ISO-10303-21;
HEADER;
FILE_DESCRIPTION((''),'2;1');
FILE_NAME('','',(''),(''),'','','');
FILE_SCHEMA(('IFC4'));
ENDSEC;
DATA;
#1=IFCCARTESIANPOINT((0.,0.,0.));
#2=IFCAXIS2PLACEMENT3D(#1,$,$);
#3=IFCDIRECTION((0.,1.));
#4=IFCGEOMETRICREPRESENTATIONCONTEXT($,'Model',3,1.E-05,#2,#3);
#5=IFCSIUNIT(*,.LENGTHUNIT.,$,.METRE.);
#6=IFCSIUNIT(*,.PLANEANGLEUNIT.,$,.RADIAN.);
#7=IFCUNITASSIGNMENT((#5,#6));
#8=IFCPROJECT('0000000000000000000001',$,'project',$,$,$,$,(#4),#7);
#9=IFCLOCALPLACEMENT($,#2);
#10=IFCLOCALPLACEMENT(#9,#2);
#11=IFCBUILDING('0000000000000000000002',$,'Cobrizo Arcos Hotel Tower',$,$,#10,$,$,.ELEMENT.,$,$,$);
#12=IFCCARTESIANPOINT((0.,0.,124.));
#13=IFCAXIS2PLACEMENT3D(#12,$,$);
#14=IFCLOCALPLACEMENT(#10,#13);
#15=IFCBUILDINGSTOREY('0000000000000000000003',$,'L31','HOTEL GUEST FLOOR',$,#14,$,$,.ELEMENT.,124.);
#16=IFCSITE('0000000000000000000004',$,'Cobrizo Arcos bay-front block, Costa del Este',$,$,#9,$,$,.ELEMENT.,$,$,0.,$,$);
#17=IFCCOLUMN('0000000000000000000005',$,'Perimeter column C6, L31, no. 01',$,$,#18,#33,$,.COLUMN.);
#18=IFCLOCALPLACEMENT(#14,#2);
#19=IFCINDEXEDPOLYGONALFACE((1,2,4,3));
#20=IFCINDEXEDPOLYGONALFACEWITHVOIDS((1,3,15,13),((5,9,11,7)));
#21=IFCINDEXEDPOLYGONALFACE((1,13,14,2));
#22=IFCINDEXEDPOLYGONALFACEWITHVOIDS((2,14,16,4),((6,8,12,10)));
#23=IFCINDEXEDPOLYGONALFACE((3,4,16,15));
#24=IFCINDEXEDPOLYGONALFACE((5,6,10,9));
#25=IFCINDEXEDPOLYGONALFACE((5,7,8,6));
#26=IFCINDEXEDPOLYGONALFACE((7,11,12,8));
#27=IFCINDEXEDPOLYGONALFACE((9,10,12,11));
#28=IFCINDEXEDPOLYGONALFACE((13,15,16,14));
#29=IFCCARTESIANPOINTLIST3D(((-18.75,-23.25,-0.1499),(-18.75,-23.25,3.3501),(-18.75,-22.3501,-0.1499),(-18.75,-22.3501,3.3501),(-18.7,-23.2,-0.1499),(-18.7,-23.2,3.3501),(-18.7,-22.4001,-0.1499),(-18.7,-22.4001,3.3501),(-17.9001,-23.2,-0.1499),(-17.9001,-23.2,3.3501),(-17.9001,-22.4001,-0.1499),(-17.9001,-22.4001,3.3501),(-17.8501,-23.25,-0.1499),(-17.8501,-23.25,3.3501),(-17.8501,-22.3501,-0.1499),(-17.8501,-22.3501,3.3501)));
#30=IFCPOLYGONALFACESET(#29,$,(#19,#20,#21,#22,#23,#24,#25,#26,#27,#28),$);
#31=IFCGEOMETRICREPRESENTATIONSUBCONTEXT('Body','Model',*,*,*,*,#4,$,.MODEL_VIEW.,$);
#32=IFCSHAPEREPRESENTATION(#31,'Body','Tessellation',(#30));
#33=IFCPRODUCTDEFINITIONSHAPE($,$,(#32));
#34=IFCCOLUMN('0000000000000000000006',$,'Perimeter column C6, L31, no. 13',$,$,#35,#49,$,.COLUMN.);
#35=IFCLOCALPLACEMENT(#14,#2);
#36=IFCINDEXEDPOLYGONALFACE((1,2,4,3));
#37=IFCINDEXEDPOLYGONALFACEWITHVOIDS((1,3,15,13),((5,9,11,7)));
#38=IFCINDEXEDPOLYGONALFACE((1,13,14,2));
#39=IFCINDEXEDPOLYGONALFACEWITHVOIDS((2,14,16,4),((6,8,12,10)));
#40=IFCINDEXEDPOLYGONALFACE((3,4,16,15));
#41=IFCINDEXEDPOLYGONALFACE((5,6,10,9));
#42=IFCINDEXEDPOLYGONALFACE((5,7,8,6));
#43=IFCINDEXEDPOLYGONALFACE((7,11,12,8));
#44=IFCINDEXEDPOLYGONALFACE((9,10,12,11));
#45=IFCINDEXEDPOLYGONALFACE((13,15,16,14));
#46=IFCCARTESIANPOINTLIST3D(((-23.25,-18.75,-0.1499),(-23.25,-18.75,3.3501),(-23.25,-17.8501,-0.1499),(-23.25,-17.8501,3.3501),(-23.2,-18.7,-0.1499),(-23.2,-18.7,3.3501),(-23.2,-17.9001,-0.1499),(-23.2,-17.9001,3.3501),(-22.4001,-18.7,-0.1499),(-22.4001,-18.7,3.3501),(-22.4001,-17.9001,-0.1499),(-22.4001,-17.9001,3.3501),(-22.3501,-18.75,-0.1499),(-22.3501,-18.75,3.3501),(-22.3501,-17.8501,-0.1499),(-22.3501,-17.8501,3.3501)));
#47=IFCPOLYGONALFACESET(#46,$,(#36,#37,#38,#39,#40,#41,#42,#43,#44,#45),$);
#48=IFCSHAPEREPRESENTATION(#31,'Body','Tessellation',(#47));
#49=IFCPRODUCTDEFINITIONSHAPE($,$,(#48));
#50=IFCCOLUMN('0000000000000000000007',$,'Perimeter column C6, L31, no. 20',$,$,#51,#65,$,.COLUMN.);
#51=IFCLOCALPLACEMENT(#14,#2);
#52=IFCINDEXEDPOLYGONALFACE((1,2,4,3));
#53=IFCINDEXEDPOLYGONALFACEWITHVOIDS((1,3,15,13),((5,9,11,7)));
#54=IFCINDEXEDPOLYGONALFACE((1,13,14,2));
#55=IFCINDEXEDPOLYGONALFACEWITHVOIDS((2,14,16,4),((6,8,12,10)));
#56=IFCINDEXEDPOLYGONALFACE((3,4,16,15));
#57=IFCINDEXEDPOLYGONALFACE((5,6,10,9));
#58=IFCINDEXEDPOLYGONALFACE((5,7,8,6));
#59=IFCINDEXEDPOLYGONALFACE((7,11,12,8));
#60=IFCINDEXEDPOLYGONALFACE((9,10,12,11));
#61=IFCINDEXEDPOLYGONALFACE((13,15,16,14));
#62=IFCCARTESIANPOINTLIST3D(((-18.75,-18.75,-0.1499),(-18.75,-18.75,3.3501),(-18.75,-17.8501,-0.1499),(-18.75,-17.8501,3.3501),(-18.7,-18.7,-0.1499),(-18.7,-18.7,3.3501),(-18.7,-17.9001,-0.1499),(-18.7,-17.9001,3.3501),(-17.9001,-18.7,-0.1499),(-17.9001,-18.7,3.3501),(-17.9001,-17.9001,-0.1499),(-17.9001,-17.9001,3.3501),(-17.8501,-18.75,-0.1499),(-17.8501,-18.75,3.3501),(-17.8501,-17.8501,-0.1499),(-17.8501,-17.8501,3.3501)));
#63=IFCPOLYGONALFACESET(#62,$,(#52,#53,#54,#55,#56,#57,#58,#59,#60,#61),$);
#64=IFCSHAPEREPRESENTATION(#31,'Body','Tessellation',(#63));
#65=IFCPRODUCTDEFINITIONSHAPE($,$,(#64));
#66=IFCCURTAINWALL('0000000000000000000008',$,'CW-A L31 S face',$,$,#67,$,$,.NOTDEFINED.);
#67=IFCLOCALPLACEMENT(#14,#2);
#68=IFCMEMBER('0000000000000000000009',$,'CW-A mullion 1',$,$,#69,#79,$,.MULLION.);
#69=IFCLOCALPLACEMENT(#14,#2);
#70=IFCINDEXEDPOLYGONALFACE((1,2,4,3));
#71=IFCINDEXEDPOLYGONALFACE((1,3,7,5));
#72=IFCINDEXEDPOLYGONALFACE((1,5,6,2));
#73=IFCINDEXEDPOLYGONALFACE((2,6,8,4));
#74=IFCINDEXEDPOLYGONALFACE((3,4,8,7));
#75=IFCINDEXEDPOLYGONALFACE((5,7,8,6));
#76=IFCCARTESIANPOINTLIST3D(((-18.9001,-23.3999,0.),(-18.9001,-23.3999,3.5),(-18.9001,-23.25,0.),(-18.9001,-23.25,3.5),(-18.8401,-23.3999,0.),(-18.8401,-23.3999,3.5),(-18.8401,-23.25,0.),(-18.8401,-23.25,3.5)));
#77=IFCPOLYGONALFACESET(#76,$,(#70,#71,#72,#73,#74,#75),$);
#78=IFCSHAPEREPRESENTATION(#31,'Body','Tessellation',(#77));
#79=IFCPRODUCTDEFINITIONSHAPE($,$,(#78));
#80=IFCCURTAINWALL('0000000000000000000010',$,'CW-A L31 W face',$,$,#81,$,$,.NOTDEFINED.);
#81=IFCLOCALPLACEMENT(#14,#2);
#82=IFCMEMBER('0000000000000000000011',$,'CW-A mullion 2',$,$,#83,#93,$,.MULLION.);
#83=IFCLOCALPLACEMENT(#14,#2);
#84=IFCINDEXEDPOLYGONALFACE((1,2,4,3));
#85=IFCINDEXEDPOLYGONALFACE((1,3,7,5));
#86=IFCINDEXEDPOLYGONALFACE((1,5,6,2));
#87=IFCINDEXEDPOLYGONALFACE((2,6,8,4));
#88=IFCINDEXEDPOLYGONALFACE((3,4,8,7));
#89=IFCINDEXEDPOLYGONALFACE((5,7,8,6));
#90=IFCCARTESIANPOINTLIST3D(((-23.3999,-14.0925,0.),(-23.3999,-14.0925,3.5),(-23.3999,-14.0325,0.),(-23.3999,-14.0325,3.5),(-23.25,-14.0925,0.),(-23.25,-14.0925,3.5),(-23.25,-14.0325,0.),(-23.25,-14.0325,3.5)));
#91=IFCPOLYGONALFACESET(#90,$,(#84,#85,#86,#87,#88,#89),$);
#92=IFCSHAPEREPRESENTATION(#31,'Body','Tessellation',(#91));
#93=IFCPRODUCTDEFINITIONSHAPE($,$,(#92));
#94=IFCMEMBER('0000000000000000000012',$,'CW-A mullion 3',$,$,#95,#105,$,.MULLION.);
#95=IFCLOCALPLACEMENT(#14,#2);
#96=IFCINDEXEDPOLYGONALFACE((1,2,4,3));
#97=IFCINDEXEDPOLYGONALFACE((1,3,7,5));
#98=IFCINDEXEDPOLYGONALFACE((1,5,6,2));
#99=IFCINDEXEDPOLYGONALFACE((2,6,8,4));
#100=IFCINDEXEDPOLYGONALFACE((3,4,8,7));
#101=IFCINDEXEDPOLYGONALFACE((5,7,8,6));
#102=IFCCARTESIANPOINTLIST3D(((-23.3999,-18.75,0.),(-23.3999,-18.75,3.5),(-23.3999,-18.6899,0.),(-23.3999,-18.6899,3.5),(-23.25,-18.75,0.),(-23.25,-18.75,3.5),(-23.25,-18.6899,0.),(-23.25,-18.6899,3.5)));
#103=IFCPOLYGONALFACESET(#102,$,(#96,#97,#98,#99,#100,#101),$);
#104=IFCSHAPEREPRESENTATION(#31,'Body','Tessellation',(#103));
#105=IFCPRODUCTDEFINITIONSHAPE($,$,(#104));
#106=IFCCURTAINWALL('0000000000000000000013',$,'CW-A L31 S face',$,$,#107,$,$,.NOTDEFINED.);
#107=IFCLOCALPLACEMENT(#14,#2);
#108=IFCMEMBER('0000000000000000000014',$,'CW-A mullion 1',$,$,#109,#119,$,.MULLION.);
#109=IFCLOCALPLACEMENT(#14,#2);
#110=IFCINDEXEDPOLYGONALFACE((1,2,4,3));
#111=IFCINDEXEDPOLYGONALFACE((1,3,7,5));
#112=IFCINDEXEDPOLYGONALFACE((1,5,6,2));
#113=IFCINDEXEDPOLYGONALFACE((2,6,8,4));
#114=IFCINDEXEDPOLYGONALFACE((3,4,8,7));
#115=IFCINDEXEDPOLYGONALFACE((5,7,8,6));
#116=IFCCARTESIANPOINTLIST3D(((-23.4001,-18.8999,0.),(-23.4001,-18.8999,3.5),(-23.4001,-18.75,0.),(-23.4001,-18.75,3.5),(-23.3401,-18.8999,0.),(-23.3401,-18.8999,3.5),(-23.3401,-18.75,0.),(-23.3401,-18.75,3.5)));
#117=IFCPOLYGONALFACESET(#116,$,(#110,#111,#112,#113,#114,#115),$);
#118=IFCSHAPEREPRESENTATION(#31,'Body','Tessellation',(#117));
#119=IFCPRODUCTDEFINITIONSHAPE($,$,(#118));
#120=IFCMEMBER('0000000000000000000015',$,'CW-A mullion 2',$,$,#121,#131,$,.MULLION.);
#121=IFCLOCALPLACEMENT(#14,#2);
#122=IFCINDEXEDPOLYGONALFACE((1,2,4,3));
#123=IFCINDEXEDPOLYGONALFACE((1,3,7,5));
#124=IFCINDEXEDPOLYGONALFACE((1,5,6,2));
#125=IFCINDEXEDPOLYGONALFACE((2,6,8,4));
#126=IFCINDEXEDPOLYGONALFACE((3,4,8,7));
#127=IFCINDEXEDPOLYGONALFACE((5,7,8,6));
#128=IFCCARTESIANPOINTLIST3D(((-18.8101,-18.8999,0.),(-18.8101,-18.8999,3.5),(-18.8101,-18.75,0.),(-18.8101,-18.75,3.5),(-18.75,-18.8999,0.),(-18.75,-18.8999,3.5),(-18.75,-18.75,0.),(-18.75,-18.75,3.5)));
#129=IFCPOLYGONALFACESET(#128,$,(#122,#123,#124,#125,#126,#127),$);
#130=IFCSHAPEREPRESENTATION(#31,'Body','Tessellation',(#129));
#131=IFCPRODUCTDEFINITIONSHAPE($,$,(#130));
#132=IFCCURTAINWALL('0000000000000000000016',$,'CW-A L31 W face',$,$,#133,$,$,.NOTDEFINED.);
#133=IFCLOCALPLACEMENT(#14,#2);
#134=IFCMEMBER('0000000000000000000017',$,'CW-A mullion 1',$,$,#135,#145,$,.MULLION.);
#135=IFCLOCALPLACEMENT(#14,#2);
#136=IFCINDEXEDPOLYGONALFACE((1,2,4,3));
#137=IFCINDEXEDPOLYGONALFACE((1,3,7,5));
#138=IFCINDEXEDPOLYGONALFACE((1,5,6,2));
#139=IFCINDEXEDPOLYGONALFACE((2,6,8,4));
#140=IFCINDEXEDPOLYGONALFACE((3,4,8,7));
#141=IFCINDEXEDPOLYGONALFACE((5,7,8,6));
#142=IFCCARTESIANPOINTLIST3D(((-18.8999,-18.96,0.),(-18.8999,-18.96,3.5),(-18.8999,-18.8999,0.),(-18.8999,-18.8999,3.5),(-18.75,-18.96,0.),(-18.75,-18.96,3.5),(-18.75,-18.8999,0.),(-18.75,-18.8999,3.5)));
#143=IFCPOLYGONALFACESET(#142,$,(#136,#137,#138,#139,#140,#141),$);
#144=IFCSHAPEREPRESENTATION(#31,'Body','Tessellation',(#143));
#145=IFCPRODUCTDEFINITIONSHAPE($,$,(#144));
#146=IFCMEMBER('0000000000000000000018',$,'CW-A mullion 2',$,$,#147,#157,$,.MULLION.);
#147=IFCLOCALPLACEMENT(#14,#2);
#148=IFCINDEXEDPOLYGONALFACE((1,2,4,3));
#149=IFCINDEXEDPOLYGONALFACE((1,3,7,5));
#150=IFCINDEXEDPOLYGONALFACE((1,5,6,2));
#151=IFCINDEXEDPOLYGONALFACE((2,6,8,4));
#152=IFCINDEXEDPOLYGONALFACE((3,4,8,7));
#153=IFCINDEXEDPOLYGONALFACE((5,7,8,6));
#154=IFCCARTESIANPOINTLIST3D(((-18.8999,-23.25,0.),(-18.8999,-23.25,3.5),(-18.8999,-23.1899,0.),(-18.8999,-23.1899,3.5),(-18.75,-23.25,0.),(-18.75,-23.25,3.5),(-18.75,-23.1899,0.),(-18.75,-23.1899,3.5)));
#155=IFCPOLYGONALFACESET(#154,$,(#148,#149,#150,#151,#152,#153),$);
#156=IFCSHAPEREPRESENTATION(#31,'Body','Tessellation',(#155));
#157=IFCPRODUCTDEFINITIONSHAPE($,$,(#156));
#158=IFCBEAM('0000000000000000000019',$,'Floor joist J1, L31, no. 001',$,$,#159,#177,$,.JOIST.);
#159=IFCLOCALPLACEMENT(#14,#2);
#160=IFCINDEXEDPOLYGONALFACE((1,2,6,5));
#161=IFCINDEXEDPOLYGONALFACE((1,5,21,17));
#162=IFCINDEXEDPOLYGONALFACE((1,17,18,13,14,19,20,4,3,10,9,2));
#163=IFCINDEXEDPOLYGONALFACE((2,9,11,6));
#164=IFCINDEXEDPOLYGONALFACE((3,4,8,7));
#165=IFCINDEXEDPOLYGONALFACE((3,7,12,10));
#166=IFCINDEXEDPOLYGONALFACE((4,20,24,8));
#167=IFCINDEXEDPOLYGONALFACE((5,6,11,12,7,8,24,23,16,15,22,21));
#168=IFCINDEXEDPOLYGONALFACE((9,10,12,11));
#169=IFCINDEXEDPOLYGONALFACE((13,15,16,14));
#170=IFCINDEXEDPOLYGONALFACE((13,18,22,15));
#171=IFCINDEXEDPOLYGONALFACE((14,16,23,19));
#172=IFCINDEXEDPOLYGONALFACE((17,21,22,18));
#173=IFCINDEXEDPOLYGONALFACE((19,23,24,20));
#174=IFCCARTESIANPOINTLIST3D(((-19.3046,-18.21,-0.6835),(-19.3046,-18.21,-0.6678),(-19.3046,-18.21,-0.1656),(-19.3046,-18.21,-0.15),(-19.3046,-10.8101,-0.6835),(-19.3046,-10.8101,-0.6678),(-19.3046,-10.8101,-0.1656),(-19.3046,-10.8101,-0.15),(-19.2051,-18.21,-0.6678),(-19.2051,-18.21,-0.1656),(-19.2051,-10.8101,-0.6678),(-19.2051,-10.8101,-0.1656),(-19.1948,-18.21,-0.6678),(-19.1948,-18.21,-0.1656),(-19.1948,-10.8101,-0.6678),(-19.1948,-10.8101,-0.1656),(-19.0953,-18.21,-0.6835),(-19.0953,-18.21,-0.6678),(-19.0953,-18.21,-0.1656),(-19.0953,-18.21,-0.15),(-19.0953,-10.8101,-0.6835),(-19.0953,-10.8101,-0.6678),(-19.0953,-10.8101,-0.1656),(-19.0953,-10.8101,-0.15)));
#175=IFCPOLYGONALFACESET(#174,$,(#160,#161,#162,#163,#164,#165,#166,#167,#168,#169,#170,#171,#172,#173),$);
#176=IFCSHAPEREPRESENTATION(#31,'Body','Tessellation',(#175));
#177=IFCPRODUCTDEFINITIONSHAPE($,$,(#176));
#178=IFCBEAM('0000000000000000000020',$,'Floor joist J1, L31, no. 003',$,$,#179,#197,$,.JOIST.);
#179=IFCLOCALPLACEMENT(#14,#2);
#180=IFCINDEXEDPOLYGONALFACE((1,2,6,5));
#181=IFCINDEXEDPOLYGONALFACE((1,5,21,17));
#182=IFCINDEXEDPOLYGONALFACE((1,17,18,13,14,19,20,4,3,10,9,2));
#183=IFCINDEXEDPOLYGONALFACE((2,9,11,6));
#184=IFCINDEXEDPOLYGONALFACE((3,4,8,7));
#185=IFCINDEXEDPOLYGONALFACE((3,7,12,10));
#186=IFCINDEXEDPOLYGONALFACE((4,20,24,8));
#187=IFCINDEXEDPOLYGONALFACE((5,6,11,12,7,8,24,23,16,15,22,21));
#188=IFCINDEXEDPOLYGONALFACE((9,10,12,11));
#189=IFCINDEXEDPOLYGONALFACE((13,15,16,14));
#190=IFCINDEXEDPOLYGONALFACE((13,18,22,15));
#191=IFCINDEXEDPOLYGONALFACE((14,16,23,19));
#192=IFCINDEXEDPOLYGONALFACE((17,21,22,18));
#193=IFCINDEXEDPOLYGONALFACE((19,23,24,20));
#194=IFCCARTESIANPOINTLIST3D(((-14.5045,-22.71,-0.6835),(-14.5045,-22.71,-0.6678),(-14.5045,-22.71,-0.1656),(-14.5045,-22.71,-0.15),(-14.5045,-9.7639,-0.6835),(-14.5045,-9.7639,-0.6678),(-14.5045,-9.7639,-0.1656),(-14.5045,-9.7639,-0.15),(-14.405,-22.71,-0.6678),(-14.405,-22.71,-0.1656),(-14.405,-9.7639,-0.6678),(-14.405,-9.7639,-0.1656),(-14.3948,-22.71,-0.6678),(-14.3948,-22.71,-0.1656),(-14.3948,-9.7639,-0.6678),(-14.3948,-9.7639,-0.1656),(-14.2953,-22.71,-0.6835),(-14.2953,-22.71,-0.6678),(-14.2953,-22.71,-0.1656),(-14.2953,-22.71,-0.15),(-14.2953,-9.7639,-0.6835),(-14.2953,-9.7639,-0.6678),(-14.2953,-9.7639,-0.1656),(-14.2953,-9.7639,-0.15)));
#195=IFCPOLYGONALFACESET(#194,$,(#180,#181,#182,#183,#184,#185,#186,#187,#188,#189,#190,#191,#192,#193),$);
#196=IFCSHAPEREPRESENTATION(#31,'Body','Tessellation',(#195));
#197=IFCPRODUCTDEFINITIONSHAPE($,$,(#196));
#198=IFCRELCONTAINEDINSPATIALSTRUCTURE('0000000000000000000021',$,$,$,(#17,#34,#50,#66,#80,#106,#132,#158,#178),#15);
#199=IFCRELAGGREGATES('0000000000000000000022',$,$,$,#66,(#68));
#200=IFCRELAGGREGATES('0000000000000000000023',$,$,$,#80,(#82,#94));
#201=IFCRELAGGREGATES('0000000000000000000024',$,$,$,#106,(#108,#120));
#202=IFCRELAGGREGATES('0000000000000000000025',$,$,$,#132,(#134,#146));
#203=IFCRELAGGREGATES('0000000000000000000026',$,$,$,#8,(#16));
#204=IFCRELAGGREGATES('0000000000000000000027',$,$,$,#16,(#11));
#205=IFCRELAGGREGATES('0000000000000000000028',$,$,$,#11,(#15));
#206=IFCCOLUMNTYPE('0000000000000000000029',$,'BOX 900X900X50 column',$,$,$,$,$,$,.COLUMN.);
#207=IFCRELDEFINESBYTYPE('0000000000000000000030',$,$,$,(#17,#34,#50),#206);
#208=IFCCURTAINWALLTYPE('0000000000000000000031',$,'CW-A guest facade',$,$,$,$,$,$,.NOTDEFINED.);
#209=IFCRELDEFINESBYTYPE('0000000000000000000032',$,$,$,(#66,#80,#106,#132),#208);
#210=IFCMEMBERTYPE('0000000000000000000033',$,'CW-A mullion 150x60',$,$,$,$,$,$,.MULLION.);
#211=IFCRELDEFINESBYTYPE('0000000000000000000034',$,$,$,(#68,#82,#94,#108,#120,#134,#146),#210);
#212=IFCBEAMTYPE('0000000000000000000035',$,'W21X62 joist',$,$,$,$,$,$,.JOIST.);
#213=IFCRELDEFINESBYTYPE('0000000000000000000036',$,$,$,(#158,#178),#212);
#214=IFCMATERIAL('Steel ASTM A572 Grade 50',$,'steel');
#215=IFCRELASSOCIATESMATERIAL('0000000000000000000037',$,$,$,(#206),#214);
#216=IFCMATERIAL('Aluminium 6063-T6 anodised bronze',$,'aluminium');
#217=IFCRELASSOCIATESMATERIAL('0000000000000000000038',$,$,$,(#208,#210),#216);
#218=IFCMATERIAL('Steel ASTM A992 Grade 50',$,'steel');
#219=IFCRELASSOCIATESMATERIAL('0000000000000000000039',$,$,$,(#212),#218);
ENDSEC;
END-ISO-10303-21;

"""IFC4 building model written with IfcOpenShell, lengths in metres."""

from ifc_helpers import new_model, si_unit, direction, frame, origin, origin_2d, place, context, subcontext, project, spatial, rectangle, hollow_rectangle, i_section, extrude, material, material_profile, profile_set, type_object, element, aggregate, save


model = new_model("IFC4")

# Units and contexts
model_context = context("Model", 3, precision=1e-05, world=origin(), true_north=direction((0.0, 1.0)))
body_context = subcontext(model_context, "Body", "Model", "MODEL_VIEW")
ifc_project = project(units=[si_unit("LENGTHUNIT", "METRE"), si_unit("PLANEANGLEUNIT", "RADIAN")], contexts=[model_context])

# Site, building, storey
site_placement = place(None, origin())
site = spatial("IfcSite", under=ifc_project, at=site_placement, Name="Cobrizo Arcos bay-front block, Costa del Este", CompositionType="ELEMENT", RefElevation=0.0)
building_placement = place(site_placement, origin())
building = spatial("IfcBuilding", under=site, at=building_placement, Name="Cobrizo Arcos Hotel Tower", CompositionType="ELEMENT")
storey_placement = place(building_placement, frame((0.0, 0.0, 124.0)))
storey = spatial("IfcBuildingStorey", under=building, at=storey_placement, Name="L31", Description="HOTEL GUEST FLOOR", CompositionType="ELEMENT", Elevation=124.0)

# Columns
ifc_material_1 = material(Name="Steel ASTM A572 Grade 50", Category="steel")
ifc_material_profile_1 = material_profile(ifc_material_1, hollow_rectangle(XDim=0.8999, YDim=0.8999, WallThickness=0.05, at=origin_2d()), Name="BOX 900X900X50")
ifc_profile_set_1 = profile_set([ifc_material_profile_1], Name="Steel ASTM A572 Grade 50")
column_type = type_object("IfcColumnType", Name="BOX 900X900X50 column", PredefinedType="COLUMN", material=ifc_profile_set_1)
for number, where, z_axis, x_axis, name in (
    (1, (-18.3, -22.8, -0.1499), (0.0, 0.0, 1.0), (1.0, 0.0, 0.0), "Perimeter column C6, L31, no. 01"),
    (2, (-22.8, -18.3, -0.1499), (0.0, 0.0, 1.0), (1.0, 0.0, 0.0), "Perimeter column C6, L31, no. 13"),
    (3, (-18.3, -18.3, -0.1499), (0.0, 0.0, 1.0), (1.0, 0.0, 0.0), "Perimeter column C6, L31, no. 20"),
):
    element("IfcColumn", number, at=place(storey_placement, frame(where, z_axis=z_axis, x_axis=x_axis)), inside=storey, type_object=column_type, Name=name, PredefinedType="COLUMN", context=body_context, shape_type="SweptSolid", body=[
        extrude(hollow_rectangle(XDim=0.8999, YDim=0.8999, WallThickness=0.05, at=origin_2d()), origin(), (0.0, 0.0, 1.0), 3.5),
    ])

# Curtain wall, member
ifc_material_2 = material(Name="Aluminium 6063-T6 anodised bronze", Category="aluminium")
curtain_wall_type = type_object("IfcCurtainWallType", Name="CW-A guest facade", PredefinedType="NOTDEFINED", material=ifc_material_2)
curtain_wall_1_placement = place(storey_placement, origin())
curtain_wall_1 = element("IfcCurtainWall", 4, at=curtain_wall_1_placement, inside=storey, type_object=curtain_wall_type, Name="CW-A L31 S face", PredefinedType="NOTDEFINED")
ifc_material_profile_2 = material_profile(ifc_material_2, rectangle(XDim=0.1499, YDim=0.0601, at=origin_2d()), Name="CW-A mullion 150x60")
ifc_profile_set_2 = profile_set([ifc_material_profile_2], Name="Aluminium 6063-T6 anodised bronze")
member_type = type_object("IfcMemberType", Name="CW-A mullion 150x60", PredefinedType="MULLION", material=ifc_profile_set_2)
member_1_placement = place(storey_placement, frame((-18.8701, -23.325, 0.0), z_axis=(0.0, 0.0, 1.0), x_axis=(0.0, -1.0, 0.0)))
member_1 = element("IfcMember", 5, at=member_1_placement, type_object=member_type, Name="CW-A mullion 1", PredefinedType="MULLION", context=body_context, shape_type="SweptSolid", body=[
    extrude(rectangle(XDim=0.1499, YDim=0.0601, at=origin_2d()), origin(), (0.0, 0.0, 1.0), 3.5),
])

# Curtain walls, members
curtain_wall_2_placement = place(storey_placement, origin())
curtain_wall_2 = element("IfcCurtainWall", 6, at=curtain_wall_2_placement, inside=storey, type_object=curtain_wall_type, Name="CW-A L31 W face", PredefinedType="NOTDEFINED")
member_2_placement = place(storey_placement, frame((-23.325, -14.0625, 0.0), z_axis=(0.0, 0.0, 1.0), x_axis=(-1.0, 0.0, 0.0)))
member_2 = element("IfcMember", 7, at=member_2_placement, type_object=member_type, Name="CW-A mullion 2", PredefinedType="MULLION", context=body_context, shape_type="SweptSolid", body=[
    extrude(rectangle(XDim=0.1499, YDim=0.0601, at=origin_2d()), origin(), (0.0, 0.0, 1.0), 3.5),
])
member_3_placement = place(storey_placement, frame((-23.325, -18.72, 0.0), z_axis=(0.0, 0.0, 1.0), x_axis=(-1.0, 0.0, 0.0)))
member_3 = element("IfcMember", 8, at=member_3_placement, type_object=member_type, Name="CW-A mullion 3", PredefinedType="MULLION", context=body_context, shape_type="SweptSolid", body=[
    extrude(rectangle(XDim=0.1499, YDim=0.0601, at=origin_2d()), origin(), (0.0, 0.0, 1.0), 3.5),
])
curtain_wall_3_placement = place(storey_placement, origin())
curtain_wall_3 = element("IfcCurtainWall", 9, at=curtain_wall_3_placement, inside=storey, type_object=curtain_wall_type, Name="CW-A L31 S face", PredefinedType="NOTDEFINED")
member_4_placement = place(storey_placement, frame((-23.3701, -18.825, 0.0), z_axis=(0.0, 0.0, 1.0), x_axis=(0.0, -1.0, 0.0)))
member_4 = element("IfcMember", 10, at=member_4_placement, type_object=member_type, Name="CW-A mullion 1", PredefinedType="MULLION", context=body_context, shape_type="SweptSolid", body=[
    extrude(rectangle(XDim=0.1499, YDim=0.0601, at=origin_2d()), origin(), (0.0, 0.0, 1.0), 3.5),
])
member_5_placement = place(storey_placement, frame((-18.78, -18.825, 0.0), z_axis=(0.0, 0.0, 1.0), x_axis=(0.0, -1.0, 0.0)))
member_5 = element("IfcMember", 11, at=member_5_placement, type_object=member_type, Name="CW-A mullion 2", PredefinedType="MULLION", context=body_context, shape_type="SweptSolid", body=[
    extrude(rectangle(XDim=0.1499, YDim=0.0601, at=origin_2d()), origin(), (0.0, 0.0, 1.0), 3.5),
])
curtain_wall_4_placement = place(storey_placement, origin())
curtain_wall_4 = element("IfcCurtainWall", 12, at=curtain_wall_4_placement, inside=storey, type_object=curtain_wall_type, Name="CW-A L31 W face", PredefinedType="NOTDEFINED")
member_6_placement = place(storey_placement, frame((-18.825, -18.9299, 0.0), z_axis=(0.0, 0.0, 1.0), x_axis=(-1.0, 0.0, 0.0)))
member_6 = element("IfcMember", 13, at=member_6_placement, type_object=member_type, Name="CW-A mullion 1", PredefinedType="MULLION", context=body_context, shape_type="SweptSolid", body=[
    extrude(rectangle(XDim=0.1499, YDim=0.0601, at=origin_2d()), origin(), (0.0, 0.0, 1.0), 3.5),
])
member_7_placement = place(storey_placement, frame((-18.825, -23.22, 0.0), z_axis=(0.0, 0.0, 1.0), x_axis=(-1.0, 0.0, 0.0)))
member_7 = element("IfcMember", 14, at=member_7_placement, type_object=member_type, Name="CW-A mullion 2", PredefinedType="MULLION", context=body_context, shape_type="SweptSolid", body=[
    extrude(rectangle(XDim=0.1499, YDim=0.0601, at=origin_2d()), origin(), (0.0, 0.0, 1.0), 3.5),
])

# Beams
ifc_material_3 = material(Name="Steel ASTM A992 Grade 50", Category="steel")
ifc_material_profile_3 = material_profile(ifc_material_3, i_section(OverallWidth=0.2092, OverallDepth=0.5334, WebThickness=0.0103, FlangeThickness=0.0156, at=origin_2d()), Name="W21X62")
ifc_profile_set_3 = profile_set([ifc_material_profile_3], Name="Steel ASTM A992 Grade 50")
beam_type_1 = type_object("IfcBeamType", Name="W21X62 joist", PredefinedType="JOIST", material=ifc_profile_set_3)
beam_1_placement = place(storey_placement, frame((-19.2, -18.21, -0.4167), z_axis=(0.0, 1.0, 0.0), x_axis=(-1.0, 0.0, 0.0)))
element("IfcBeam", 15, at=beam_1_placement, inside=storey, type_object=beam_type_1, Name="Floor joist J1, L31, no. 001", PredefinedType="JOIST", context=body_context, shape_type="SweptSolid", body=[
    extrude(i_section(OverallWidth=0.2092, OverallDepth=0.5334, WebThickness=0.0103, FlangeThickness=0.0156, at=origin_2d()), origin(), (0.0, 0.0, 1.0), 7.3999),
])
beam_2_placement = place(storey_placement, frame((-14.3999, -22.71, -0.4167), z_axis=(0.0, 1.0, 0.0), x_axis=(-1.0, 0.0, 0.0)))
element("IfcBeam", 16, at=beam_2_placement, inside=storey, type_object=beam_type_1, Name="Floor joist J1, L31, no. 003", PredefinedType="JOIST", context=body_context, shape_type="SweptSolid", body=[
    extrude(i_section(OverallWidth=0.2092, OverallDepth=0.5334, WebThickness=0.0103, FlangeThickness=0.0156, at=origin_2d()), origin(), (0.0, 0.0, 1.0), 12.946),
])

aggregate(curtain_wall_1, [member_1])
aggregate(curtain_wall_2, [member_2, member_3])
aggregate(curtain_wall_3, [member_4, member_5])
aggregate(curtain_wall_4, [member_6, member_7])

save(model, "model.ifc")
